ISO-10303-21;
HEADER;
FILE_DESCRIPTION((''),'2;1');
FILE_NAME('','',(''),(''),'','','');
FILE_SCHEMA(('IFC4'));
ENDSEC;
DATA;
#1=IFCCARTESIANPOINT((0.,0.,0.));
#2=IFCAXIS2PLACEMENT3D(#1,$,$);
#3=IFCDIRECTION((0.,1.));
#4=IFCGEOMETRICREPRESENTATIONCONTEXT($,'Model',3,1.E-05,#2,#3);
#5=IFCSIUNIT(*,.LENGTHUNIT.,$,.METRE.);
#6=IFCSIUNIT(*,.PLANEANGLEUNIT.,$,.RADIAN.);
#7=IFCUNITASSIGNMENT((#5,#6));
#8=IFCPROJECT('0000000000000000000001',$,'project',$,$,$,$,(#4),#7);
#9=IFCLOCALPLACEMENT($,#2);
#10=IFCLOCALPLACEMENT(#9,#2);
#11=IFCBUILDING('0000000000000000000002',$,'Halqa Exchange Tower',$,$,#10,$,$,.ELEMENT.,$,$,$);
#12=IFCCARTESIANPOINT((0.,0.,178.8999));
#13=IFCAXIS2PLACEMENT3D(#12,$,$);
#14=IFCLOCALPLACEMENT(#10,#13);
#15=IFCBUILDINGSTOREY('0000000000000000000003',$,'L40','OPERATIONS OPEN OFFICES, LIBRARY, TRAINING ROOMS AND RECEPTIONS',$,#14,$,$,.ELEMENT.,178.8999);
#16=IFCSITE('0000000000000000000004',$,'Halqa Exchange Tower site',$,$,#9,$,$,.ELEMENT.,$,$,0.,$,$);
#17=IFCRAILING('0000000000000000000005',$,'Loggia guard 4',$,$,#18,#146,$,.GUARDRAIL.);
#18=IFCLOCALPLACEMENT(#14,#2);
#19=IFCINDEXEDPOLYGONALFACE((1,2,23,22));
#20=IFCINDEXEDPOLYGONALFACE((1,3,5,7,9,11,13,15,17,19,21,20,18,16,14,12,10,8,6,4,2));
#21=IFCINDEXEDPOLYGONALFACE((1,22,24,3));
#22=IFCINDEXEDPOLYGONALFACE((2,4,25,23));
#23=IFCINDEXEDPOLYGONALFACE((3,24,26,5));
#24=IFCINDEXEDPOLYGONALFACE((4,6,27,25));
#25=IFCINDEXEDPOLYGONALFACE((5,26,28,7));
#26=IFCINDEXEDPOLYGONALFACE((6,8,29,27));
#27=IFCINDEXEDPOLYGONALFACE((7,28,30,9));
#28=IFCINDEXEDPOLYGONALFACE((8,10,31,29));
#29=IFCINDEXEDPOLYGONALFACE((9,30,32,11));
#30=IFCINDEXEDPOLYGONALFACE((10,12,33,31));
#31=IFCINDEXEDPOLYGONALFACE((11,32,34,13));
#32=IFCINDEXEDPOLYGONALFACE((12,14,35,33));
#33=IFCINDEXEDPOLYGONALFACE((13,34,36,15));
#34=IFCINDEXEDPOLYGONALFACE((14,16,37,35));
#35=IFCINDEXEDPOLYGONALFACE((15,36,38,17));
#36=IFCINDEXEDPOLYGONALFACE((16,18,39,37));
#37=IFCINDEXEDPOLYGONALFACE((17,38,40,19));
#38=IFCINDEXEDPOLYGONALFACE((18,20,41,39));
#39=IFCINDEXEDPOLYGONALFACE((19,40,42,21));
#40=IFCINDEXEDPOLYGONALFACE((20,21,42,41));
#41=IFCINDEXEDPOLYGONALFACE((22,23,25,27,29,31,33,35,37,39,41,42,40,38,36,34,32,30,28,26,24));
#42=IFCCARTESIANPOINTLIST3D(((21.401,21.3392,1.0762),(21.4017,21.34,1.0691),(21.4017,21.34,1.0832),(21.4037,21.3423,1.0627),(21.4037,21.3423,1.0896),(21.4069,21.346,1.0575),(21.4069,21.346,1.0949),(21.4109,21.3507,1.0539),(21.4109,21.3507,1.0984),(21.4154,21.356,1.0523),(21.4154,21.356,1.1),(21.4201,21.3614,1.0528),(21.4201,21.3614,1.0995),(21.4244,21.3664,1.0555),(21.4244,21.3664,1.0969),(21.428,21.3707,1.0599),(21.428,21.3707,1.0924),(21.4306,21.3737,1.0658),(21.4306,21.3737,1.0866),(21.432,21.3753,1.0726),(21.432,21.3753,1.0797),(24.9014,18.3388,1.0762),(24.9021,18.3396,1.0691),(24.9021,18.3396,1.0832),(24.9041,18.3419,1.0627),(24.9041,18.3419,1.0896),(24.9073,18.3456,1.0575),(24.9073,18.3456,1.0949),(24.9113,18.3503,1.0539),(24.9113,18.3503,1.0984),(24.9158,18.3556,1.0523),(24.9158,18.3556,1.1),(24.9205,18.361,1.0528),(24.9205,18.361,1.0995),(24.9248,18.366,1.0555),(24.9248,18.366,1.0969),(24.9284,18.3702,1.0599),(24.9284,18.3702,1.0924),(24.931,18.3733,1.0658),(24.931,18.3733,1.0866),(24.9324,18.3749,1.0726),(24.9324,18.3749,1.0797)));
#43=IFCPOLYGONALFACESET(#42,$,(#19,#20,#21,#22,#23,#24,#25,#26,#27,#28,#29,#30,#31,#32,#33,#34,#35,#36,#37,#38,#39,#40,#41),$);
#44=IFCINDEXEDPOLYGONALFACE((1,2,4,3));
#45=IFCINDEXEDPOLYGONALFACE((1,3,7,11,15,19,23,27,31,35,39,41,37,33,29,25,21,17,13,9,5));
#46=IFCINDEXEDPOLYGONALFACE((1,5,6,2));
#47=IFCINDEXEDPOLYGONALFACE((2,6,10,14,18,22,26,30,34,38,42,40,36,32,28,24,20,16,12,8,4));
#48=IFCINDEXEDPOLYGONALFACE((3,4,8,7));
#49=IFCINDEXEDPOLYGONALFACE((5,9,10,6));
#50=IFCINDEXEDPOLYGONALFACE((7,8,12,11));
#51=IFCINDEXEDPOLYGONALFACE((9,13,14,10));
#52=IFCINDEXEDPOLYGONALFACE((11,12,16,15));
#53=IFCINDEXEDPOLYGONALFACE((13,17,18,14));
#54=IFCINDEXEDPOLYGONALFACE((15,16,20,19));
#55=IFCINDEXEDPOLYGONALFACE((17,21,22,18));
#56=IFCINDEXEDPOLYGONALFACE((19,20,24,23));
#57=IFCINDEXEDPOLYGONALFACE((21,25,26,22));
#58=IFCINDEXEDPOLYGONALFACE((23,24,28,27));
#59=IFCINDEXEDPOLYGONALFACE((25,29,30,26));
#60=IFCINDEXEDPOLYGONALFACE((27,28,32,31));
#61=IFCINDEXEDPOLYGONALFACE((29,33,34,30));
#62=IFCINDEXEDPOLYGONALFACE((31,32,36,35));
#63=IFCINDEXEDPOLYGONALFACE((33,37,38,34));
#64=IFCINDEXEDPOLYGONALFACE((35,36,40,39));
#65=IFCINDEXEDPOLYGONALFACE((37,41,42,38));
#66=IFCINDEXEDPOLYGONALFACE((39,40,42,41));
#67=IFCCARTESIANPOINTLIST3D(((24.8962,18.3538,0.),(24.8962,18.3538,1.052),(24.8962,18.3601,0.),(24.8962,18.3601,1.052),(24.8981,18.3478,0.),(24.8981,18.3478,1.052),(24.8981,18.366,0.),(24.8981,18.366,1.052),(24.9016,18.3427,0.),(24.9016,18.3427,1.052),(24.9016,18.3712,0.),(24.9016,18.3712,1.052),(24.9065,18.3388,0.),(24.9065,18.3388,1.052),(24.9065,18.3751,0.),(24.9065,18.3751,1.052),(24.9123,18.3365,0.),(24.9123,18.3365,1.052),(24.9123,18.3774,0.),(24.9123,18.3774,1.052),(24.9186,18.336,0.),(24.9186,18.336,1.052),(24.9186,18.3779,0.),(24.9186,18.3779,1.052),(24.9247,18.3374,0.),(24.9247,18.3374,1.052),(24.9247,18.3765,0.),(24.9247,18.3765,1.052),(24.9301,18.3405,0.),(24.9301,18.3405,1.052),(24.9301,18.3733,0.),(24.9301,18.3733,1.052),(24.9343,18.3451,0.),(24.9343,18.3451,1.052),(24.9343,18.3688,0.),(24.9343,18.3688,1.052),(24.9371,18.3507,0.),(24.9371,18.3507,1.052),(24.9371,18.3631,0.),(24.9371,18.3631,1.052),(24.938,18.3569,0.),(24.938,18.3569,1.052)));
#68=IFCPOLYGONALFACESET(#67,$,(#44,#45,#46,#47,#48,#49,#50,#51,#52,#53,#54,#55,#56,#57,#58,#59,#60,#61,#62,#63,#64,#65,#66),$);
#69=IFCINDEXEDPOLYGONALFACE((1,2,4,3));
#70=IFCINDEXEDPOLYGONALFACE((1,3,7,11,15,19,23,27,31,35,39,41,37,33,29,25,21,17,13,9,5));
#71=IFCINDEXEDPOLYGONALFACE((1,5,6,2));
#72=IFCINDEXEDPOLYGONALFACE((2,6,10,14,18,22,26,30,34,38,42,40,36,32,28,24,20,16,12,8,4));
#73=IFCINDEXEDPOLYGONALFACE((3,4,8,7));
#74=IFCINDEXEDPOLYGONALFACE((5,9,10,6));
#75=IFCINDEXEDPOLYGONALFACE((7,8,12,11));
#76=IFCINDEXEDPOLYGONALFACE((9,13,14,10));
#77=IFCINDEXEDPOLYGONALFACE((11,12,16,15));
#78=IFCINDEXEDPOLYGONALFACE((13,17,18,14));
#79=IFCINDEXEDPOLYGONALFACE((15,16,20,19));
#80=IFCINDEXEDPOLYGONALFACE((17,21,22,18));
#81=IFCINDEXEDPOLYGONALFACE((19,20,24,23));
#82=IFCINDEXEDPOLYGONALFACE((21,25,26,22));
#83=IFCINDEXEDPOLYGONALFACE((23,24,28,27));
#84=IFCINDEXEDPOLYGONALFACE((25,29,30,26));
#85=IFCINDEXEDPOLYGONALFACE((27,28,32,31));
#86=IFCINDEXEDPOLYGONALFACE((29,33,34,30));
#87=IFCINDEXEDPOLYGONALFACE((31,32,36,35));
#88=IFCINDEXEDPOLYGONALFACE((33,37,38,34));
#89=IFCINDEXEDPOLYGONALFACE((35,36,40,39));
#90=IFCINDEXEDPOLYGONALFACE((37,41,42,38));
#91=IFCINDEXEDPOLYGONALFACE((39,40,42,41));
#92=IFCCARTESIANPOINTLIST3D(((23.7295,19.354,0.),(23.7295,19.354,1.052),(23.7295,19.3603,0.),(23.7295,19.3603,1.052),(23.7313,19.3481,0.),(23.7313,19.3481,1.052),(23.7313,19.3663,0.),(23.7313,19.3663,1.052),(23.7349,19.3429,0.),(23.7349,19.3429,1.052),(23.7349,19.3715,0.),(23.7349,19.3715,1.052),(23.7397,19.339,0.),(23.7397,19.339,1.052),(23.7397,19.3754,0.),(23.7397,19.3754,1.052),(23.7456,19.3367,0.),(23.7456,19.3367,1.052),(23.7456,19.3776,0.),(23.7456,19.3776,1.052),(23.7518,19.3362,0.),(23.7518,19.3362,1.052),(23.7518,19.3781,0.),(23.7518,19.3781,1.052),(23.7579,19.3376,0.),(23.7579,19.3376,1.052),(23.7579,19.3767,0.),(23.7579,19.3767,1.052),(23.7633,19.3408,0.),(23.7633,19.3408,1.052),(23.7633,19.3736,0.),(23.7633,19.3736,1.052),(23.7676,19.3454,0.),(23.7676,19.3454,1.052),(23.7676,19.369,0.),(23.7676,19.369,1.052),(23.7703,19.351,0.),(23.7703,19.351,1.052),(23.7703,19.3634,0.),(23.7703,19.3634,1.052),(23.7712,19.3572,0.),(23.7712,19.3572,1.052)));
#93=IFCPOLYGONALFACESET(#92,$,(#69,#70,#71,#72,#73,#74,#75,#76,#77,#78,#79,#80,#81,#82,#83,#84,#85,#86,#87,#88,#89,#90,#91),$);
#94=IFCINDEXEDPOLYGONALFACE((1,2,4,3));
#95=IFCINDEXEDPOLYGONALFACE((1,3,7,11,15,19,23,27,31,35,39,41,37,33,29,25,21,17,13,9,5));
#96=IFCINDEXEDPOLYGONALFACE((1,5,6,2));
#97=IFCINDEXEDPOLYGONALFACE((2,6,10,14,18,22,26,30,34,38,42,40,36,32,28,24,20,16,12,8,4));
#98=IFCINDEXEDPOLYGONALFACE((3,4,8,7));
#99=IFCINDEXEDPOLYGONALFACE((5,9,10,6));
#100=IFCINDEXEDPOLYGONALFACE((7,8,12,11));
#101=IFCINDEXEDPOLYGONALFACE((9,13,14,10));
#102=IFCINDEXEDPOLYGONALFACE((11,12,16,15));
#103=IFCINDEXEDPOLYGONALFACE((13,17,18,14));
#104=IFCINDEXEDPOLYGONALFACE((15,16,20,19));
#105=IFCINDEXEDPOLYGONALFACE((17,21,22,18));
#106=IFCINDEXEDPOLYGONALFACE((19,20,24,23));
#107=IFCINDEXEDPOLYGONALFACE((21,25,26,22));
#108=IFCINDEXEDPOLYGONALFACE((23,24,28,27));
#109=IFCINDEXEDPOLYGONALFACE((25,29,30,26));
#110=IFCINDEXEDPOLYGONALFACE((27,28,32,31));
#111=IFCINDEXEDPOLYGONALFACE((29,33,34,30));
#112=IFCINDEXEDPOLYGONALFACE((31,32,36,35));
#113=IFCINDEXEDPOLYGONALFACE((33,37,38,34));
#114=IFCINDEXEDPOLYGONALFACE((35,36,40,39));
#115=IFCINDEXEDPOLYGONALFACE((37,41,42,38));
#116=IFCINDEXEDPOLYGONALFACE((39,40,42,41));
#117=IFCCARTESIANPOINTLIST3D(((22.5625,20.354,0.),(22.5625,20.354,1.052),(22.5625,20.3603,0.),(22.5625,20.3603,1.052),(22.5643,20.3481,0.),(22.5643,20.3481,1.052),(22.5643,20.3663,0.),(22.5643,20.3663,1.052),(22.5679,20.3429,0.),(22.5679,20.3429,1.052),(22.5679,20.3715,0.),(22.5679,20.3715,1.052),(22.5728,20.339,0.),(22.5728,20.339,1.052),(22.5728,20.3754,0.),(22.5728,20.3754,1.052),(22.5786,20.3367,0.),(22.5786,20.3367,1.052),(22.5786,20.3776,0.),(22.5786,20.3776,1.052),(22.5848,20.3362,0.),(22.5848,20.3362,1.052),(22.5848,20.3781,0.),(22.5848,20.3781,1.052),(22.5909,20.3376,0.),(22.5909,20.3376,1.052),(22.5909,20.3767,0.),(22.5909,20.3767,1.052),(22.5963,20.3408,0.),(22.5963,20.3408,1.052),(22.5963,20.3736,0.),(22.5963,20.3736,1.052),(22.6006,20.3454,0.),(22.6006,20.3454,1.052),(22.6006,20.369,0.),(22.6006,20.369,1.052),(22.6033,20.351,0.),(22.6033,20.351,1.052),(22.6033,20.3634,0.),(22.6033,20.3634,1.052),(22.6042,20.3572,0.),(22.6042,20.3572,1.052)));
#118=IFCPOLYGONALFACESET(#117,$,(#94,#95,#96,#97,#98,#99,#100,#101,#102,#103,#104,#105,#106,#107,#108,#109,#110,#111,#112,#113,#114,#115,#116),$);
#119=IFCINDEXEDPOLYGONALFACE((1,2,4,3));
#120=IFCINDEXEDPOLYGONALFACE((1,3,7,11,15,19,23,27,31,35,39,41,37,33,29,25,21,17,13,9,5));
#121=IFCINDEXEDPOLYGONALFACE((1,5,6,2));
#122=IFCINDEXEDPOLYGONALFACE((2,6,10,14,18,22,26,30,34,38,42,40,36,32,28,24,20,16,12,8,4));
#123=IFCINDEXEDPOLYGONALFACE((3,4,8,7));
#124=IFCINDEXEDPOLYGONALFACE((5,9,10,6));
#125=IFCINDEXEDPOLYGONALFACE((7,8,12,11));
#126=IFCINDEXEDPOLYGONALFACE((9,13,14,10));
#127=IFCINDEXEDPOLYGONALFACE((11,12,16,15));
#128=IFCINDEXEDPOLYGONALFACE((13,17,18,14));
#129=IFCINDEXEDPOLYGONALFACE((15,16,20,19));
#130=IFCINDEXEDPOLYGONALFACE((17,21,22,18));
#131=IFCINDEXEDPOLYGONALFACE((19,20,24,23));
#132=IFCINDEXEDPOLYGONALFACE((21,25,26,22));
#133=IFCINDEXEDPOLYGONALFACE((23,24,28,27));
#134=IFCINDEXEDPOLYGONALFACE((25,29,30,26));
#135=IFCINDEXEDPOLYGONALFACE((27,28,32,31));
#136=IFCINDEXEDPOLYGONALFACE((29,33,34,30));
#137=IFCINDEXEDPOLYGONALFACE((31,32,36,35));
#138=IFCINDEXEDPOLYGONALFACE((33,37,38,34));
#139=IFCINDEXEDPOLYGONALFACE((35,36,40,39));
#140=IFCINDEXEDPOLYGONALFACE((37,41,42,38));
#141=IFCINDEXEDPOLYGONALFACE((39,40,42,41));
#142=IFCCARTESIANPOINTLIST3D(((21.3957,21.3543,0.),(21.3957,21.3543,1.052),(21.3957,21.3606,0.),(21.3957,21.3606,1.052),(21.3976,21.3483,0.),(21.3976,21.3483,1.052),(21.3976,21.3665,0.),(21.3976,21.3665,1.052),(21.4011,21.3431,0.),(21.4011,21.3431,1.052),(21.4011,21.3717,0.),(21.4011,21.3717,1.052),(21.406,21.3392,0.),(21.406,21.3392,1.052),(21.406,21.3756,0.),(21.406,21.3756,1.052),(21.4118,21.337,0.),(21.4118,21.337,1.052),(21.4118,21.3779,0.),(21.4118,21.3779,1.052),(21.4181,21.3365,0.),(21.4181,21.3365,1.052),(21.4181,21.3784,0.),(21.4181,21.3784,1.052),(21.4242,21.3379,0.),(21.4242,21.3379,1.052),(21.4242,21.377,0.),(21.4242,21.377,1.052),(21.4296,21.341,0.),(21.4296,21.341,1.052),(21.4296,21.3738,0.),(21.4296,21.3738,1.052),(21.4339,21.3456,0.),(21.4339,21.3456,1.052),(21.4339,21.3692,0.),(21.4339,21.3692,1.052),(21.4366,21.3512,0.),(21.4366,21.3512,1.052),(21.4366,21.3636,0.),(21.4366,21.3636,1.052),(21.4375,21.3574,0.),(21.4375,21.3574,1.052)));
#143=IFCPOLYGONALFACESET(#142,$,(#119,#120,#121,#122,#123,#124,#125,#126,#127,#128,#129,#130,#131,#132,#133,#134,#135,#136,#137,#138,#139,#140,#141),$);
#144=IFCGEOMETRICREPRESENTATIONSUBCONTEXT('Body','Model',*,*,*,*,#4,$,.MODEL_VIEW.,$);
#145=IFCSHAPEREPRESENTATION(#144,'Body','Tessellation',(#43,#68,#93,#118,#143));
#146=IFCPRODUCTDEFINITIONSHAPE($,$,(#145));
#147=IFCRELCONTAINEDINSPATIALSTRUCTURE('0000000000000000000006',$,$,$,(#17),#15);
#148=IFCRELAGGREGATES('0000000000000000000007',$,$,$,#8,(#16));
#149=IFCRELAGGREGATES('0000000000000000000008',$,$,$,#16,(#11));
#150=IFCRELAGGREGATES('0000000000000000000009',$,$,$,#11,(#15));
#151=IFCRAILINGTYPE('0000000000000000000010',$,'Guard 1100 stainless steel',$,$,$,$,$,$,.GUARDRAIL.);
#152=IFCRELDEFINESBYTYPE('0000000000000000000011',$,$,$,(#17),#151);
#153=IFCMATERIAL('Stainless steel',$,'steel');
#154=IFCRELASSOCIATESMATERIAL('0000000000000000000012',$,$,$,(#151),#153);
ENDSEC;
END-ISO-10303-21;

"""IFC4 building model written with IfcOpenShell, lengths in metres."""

from ifc_helpers import new_model, si_unit, direction, frame, origin, origin_2d, place, context, subcontext, project, spatial, circle, extrude, material, type_object, element, save


model = new_model("IFC4")

# Units and contexts
model_context = context("Model", 3, precision=1e-05, world=origin(), true_north=direction((0.0, 1.0)))
body_context = subcontext(model_context, "Body", "Model", "MODEL_VIEW")
ifc_project = project(units=[si_unit("LENGTHUNIT", "METRE"), si_unit("PLANEANGLEUNIT", "RADIAN")], contexts=[model_context])

# Site, building, storey
site_placement = place(None, origin())
site = spatial("IfcSite", under=ifc_project, at=site_placement, Name="Halqa Exchange Tower site", CompositionType="ELEMENT", RefElevation=0.0)
building_placement = place(site_placement, origin())
building = spatial("IfcBuilding", under=site, at=building_placement, Name="Halqa Exchange Tower", CompositionType="ELEMENT")
storey_placement = place(building_placement, frame((0.0, 0.0, 178.8999)))
storey = spatial("IfcBuildingStorey", under=building, at=storey_placement, Name="L40", Description="OPERATIONS OPEN OFFICES, LIBRARY, TRAINING ROOMS AND RECEPTIONS", CompositionType="ELEMENT", Elevation=178.8999)

# Railing
ifc_material_1 = material(Name="Stainless steel", Category="steel")
railing_type = type_object("IfcRailingType", Name="Guard 1100 stainless steel", PredefinedType="GUARDRAIL", material=ifc_material_1)
railing_1_placement = place(storey_placement, frame((24.917, 18.3569, 0.0)))
element("IfcRailing", 1, at=railing_1_placement, inside=storey, type_object=railing_type, Name="Loggia guard 4", PredefinedType="GUARDRAIL", context=body_context, shape_type="SweptSolid", body=[
    extrude(circle(Radius=0.0239, at=origin_2d()), frame((0.0, 0.0, 1.0762), z_axis=(-0.759249, 0.6508, 0.0), x_axis=(-0.6508, -0.759249, 0.0)), (0.0, 0.0, 1.0), 4.6104),
    extrude(circle(Radius=0.021, at=origin_2d()), origin(), (0.0, 0.0, 1.0), 1.052),
    extrude(circle(Radius=0.021, at=origin_2d()), frame((-1.1667, 1.0002, 0.0)), (0.0, 0.0, 1.0), 1.052),
    extrude(circle(Radius=0.021, at=origin_2d()), frame((-2.3337, 2.0002, 0.0)), (0.0, 0.0, 1.0), 1.052),
    extrude(circle(Radius=0.021, at=origin_2d()), frame((-3.5005, 3.0005, 0.0)), (0.0, 0.0, 1.0), 1.052),
])

save(model, "model.ifc")
